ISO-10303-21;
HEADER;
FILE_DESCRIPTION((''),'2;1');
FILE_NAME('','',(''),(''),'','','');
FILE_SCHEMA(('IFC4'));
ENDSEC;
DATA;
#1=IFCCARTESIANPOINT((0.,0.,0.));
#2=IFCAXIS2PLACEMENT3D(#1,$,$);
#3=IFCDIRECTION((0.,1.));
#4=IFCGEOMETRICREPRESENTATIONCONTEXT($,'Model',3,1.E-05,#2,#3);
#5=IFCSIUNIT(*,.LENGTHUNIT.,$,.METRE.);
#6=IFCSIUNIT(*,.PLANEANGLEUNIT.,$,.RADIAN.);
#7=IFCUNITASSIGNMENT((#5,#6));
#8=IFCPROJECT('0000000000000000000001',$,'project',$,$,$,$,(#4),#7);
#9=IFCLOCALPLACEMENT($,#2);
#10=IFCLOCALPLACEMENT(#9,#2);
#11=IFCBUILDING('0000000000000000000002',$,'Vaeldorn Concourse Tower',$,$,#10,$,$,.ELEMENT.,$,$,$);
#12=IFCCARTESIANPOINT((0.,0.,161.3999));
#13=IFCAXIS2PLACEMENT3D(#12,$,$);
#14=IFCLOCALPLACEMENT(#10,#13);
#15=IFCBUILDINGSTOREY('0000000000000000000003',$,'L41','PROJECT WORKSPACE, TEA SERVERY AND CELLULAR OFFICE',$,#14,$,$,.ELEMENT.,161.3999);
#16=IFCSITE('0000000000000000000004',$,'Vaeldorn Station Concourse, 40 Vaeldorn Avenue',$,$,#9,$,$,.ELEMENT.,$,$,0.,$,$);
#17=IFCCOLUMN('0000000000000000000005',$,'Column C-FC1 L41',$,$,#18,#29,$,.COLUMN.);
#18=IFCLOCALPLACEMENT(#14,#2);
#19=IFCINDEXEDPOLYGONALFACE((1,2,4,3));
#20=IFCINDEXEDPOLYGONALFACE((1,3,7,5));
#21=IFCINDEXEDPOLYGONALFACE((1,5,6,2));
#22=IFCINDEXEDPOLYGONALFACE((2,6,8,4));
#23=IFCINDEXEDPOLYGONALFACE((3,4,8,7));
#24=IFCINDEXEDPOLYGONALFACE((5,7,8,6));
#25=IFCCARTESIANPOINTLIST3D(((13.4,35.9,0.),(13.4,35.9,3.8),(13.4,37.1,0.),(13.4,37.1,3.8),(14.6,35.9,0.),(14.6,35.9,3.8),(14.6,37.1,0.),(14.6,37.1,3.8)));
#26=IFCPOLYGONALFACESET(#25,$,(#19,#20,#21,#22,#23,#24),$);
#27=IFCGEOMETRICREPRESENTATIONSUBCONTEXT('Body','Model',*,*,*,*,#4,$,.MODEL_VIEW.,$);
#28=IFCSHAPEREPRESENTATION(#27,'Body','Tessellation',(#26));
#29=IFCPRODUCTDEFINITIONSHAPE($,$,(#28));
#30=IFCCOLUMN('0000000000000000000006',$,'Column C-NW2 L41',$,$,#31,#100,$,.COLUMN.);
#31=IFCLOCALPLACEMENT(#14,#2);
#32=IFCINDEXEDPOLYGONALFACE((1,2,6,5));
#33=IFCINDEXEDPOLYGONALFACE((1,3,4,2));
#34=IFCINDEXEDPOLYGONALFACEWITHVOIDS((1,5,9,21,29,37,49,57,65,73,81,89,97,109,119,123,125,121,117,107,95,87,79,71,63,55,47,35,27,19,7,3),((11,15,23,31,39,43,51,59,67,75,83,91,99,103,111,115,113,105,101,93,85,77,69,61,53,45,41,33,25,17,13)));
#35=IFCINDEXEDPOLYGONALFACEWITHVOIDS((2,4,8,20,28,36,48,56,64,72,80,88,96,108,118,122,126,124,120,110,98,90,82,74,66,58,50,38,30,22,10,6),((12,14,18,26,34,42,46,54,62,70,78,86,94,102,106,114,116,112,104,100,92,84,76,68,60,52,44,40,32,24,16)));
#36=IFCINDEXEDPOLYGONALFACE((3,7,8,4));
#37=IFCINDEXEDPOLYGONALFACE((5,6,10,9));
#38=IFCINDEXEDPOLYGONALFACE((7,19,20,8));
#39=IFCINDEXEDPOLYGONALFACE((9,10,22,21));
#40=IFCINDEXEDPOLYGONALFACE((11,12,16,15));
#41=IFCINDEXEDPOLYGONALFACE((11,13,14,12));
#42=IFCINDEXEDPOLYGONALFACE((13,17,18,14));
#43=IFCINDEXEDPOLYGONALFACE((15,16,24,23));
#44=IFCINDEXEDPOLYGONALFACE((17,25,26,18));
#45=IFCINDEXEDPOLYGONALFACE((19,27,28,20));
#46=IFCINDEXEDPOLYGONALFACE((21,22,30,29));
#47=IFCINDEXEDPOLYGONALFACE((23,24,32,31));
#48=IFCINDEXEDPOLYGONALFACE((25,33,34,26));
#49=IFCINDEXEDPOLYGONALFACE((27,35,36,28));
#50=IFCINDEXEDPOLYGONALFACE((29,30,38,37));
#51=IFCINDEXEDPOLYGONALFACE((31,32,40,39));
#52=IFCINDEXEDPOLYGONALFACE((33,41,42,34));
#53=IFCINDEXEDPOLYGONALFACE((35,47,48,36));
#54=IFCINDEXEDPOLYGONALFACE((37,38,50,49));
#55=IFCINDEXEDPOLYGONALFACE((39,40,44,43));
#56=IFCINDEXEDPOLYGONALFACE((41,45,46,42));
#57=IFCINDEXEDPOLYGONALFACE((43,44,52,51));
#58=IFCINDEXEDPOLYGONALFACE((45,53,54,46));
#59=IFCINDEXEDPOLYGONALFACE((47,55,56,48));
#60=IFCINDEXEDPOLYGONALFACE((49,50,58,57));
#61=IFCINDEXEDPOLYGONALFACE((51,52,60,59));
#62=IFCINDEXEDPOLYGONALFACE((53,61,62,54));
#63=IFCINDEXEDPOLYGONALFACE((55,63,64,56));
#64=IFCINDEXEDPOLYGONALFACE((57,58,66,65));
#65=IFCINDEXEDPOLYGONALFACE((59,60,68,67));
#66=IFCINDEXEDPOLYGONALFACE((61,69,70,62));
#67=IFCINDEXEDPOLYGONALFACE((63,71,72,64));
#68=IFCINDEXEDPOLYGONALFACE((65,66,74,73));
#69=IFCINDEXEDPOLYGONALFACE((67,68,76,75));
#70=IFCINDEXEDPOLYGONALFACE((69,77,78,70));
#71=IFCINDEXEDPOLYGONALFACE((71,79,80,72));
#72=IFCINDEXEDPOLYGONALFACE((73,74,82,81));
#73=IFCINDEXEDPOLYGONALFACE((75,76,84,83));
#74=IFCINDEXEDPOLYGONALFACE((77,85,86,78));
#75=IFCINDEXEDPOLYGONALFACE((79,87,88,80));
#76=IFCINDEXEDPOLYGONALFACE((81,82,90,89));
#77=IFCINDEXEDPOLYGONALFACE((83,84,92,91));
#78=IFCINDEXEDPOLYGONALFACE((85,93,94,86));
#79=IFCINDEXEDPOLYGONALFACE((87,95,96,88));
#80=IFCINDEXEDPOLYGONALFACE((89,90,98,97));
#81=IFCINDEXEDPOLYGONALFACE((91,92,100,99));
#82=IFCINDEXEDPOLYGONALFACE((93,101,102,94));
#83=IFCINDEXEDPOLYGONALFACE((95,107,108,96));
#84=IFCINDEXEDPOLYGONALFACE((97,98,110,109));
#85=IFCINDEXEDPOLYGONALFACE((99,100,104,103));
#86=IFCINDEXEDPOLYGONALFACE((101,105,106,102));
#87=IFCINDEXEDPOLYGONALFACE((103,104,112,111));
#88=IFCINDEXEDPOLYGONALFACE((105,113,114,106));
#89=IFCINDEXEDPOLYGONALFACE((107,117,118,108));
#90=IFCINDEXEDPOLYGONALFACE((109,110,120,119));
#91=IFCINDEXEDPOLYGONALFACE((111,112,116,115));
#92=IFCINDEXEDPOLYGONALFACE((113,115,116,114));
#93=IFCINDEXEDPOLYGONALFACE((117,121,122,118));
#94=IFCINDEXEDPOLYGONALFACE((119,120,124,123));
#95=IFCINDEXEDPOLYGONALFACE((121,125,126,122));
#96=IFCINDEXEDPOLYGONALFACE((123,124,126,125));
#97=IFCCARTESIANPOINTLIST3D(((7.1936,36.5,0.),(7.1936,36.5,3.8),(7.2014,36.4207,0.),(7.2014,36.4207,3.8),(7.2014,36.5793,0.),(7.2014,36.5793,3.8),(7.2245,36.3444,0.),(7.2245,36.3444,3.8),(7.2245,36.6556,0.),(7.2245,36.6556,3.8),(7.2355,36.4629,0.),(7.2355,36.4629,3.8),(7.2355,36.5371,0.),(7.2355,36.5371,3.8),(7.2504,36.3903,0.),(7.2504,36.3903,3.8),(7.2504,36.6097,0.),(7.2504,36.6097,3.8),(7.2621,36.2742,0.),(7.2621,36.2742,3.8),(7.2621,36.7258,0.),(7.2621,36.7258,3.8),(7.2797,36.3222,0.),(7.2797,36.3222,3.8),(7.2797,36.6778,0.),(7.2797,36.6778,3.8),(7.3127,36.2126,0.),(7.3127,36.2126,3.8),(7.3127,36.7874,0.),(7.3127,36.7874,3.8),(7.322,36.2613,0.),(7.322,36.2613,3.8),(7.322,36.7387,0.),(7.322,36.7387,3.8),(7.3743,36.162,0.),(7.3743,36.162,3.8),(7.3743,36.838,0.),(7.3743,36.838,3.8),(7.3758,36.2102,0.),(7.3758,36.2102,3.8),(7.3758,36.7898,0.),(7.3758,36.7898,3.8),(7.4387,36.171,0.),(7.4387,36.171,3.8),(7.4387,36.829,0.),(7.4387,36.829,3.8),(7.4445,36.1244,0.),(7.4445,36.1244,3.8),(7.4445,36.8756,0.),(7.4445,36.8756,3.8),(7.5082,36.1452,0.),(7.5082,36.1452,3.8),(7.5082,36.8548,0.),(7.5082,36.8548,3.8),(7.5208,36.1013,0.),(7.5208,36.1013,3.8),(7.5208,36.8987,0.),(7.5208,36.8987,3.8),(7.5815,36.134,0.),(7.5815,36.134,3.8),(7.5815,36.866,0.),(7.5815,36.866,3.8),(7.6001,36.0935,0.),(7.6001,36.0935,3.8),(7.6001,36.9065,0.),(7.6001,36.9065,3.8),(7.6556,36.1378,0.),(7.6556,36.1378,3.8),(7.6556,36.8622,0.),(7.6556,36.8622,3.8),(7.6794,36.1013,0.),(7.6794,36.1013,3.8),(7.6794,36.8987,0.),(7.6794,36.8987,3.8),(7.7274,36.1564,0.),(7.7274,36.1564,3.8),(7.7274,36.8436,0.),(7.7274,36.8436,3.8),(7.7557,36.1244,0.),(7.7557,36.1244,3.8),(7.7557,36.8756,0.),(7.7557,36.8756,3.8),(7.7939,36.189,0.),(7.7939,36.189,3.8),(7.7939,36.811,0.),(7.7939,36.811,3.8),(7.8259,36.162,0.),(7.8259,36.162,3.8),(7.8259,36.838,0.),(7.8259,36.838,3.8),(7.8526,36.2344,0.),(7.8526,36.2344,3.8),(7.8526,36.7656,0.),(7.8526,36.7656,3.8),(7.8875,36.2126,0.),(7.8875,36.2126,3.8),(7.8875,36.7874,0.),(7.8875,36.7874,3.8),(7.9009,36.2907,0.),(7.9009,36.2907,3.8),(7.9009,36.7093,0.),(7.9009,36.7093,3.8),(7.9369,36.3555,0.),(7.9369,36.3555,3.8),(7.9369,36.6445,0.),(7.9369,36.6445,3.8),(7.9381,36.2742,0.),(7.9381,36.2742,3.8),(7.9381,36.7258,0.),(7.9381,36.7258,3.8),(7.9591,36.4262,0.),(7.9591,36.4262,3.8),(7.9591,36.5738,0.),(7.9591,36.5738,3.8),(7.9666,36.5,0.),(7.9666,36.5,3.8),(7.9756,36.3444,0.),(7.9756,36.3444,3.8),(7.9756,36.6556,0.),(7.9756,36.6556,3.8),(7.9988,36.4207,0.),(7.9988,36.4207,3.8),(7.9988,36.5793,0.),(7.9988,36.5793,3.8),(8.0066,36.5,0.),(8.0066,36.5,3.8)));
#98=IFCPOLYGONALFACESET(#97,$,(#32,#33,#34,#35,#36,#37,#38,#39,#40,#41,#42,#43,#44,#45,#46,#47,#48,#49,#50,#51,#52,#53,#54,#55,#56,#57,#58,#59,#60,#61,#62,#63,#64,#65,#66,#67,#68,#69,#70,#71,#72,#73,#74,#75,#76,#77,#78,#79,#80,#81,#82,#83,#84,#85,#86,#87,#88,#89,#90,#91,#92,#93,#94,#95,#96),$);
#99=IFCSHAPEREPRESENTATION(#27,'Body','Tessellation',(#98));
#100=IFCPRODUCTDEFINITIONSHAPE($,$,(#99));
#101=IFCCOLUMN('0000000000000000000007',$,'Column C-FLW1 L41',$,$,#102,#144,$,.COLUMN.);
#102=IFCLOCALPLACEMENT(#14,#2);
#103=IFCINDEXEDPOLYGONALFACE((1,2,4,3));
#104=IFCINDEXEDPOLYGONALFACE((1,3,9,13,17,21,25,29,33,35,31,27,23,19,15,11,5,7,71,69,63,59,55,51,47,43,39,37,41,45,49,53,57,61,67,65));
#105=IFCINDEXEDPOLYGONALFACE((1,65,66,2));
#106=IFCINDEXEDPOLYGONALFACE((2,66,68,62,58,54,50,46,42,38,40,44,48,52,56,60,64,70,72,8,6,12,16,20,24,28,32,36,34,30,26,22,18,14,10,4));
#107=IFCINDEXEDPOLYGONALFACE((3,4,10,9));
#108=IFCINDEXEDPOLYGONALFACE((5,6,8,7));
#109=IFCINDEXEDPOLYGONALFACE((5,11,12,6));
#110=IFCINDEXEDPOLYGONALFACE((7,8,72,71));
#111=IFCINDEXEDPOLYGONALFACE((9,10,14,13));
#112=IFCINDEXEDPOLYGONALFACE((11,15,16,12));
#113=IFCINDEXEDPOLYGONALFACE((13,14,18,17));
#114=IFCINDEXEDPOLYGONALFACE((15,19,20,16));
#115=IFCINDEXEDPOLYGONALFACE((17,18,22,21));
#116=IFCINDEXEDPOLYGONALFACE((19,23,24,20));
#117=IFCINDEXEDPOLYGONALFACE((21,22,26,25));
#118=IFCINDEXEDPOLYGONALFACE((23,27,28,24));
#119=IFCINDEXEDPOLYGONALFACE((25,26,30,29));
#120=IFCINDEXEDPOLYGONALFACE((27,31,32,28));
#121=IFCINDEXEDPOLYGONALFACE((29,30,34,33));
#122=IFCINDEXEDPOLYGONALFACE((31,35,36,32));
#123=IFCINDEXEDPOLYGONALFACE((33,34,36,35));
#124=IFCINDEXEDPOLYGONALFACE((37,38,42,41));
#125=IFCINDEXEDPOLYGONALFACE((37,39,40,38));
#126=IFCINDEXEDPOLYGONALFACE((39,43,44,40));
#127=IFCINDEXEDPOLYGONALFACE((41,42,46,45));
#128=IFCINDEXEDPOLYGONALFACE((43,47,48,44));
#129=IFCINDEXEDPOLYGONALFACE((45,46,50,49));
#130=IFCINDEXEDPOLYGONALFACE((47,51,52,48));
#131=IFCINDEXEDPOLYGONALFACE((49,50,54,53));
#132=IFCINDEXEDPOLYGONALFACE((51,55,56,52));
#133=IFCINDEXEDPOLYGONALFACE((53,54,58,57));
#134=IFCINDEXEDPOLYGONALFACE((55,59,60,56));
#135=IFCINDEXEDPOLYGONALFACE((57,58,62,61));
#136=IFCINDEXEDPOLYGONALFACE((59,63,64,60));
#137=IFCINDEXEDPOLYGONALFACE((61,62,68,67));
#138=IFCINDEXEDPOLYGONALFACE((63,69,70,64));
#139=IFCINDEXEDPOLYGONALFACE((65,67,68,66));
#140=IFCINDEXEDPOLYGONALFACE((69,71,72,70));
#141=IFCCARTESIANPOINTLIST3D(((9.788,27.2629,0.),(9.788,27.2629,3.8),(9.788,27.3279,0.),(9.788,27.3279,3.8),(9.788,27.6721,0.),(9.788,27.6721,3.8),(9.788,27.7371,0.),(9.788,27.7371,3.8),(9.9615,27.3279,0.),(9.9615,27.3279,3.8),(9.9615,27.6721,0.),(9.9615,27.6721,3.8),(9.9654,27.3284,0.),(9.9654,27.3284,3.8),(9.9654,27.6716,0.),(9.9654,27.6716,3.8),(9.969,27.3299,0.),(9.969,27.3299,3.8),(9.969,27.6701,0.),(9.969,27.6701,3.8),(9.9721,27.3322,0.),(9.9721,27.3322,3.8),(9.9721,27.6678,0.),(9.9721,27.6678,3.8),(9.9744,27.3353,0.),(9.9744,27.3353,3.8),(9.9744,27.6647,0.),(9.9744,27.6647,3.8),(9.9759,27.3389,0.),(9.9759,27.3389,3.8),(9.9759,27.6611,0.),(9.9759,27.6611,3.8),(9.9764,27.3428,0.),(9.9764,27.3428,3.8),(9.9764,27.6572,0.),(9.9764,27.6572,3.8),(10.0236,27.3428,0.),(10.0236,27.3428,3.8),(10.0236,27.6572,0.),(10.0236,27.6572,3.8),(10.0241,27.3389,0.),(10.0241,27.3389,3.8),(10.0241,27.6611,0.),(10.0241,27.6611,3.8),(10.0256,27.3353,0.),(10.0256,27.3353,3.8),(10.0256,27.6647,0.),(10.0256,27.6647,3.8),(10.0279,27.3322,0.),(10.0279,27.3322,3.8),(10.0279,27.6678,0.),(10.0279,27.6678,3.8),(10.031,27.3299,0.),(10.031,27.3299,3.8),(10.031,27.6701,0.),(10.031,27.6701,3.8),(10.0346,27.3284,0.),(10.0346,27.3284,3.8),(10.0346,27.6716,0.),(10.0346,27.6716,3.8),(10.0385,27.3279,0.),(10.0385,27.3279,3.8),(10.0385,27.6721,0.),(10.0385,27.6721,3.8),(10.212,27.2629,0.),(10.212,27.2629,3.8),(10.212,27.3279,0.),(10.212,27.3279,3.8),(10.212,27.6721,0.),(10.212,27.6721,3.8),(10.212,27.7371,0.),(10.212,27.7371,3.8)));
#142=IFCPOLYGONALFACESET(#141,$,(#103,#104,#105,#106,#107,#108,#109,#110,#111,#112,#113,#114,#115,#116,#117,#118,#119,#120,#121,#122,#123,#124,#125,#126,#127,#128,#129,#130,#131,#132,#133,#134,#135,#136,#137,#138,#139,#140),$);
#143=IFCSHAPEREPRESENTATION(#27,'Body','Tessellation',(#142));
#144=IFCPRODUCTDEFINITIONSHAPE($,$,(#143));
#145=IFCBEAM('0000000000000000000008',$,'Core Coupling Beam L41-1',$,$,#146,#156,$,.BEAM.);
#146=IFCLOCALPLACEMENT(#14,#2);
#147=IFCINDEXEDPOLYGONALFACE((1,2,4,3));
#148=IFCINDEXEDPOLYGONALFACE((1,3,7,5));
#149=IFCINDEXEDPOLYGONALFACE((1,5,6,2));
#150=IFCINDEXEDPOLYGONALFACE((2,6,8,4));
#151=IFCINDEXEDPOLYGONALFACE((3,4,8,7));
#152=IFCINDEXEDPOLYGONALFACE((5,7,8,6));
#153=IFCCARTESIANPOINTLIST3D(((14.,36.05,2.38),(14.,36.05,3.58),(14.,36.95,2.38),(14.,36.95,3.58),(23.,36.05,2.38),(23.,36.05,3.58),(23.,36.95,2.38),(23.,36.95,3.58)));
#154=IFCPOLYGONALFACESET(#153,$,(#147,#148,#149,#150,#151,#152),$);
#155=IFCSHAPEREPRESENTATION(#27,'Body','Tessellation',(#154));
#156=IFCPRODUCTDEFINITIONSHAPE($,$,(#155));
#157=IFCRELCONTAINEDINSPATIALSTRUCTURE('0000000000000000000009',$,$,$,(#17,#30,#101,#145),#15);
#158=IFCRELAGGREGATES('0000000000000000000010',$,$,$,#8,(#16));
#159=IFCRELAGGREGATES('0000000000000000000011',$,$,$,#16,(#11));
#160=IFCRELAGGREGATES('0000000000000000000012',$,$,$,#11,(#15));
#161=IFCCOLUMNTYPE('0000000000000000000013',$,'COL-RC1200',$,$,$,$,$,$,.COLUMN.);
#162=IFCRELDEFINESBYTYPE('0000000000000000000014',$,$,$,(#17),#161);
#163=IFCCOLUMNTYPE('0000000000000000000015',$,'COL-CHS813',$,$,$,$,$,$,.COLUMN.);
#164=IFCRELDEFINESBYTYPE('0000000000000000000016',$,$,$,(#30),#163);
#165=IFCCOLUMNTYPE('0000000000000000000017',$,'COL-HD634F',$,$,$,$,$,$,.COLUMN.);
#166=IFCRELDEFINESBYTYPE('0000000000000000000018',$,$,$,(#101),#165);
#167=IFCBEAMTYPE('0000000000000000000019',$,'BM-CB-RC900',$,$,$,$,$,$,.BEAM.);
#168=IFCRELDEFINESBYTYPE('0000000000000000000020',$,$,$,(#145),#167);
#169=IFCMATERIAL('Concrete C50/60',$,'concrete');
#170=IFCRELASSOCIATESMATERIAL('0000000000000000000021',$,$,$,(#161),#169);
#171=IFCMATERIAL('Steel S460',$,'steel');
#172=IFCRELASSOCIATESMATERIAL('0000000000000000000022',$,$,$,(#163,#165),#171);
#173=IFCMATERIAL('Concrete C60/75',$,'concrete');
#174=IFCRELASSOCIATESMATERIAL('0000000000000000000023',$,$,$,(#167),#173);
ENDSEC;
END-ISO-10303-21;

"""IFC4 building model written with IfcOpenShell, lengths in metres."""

from ifc_helpers import new_model, si_unit, direction, frame, origin, origin_2d, place, context, subcontext, project, spatial, rectangle, hollow_circle, i_section, extrude, source, transform, mapped, material, material_profile, profile_set, type_object, element, save


model = new_model("IFC4")

# Units and contexts
model_context = context("Model", 3, precision=1e-05, world=origin(), true_north=direction((0.0, 1.0)))
body_context = subcontext(model_context, "Body", "Model", "MODEL_VIEW")
ifc_project = project(units=[si_unit("LENGTHUNIT", "METRE"), si_unit("PLANEANGLEUNIT", "RADIAN")], contexts=[model_context])

# Site, building, storey
site_placement = place(None, origin())
site = spatial("IfcSite", under=ifc_project, at=site_placement, Name="Vaeldorn Station Concourse, 40 Vaeldorn Avenue", CompositionType="ELEMENT", RefElevation=0.0)
building_placement = place(site_placement, origin())
building = spatial("IfcBuilding", under=site, at=building_placement, Name="Vaeldorn Concourse Tower", CompositionType="ELEMENT")
storey_placement = place(building_placement, frame((0.0, 0.0, 161.3999)))
storey = spatial("IfcBuildingStorey", under=building, at=storey_placement, Name="L41", Description="PROJECT WORKSPACE, TEA SERVERY AND CELLULAR OFFICE", CompositionType="ELEMENT", Elevation=161.3999)

# Columns
ifc_material_1 = material(Name="Concrete C50/60", Category="concrete")
ifc_material_profile_1 = material_profile(ifc_material_1, rectangle(XDim=1.2, YDim=1.2, at=origin_2d()), Name="RC 1200x1200")
ifc_profile_set_1 = profile_set([ifc_material_profile_1], Name="Concrete C50/60")
column_type_1 = type_object("IfcColumnType", Name="COL-RC1200", PredefinedType="COLUMN", material=ifc_profile_set_1)
shared_shape_1 = source(origin(), body_context, "Body", "SweptSolid", [
    extrude(rectangle(XDim=1.2, YDim=1.2, at=origin_2d()), origin(), (0.0, 0.0, 1.0), 3.8),
])
column_1_placement = place(storey_placement, frame((14.0, 36.5, 0.0), z_axis=(0.0, 0.0, 1.0), x_axis=(1.0, 0.0, 0.0)))
element("IfcColumn", 1, at=column_1_placement, inside=storey, type_object=column_type_1, Name="Column C-FC1 L41", PredefinedType="COLUMN", context=body_context, shape_type="MappedRepresentation", body=[
    mapped(shared_shape_1, transform((0.0, 0.0, 0.0), scale=1.0)),
])
ifc_material_2 = material(Name="Steel S460", Category="steel")
ifc_material_profile_2 = material_profile(ifc_material_2, hollow_circle(Radius=0.4065, WallThickness=0.04, at=origin_2d()), Name="CHS 813x40")
ifc_profile_set_2 = profile_set([ifc_material_profile_2], Name="Steel S460")
column_type_2 = type_object("IfcColumnType", Name="COL-CHS813", PredefinedType="COLUMN", material=ifc_profile_set_2)
shared_shape_2 = source(origin(), body_context, "Body", "SweptSolid", [
    extrude(hollow_circle(Radius=0.4065, WallThickness=0.04, at=origin_2d()), origin(), (0.0, 0.0, 1.0), 3.8),
])
column_2_placement = place(storey_placement, frame((7.6001, 36.5, 0.0), z_axis=(0.0, 0.0, 1.0), x_axis=(1.0, 0.0, 0.0)))
element("IfcColumn", 2, at=column_2_placement, inside=storey, type_object=column_type_2, Name="Column C-NW2 L41", PredefinedType="COLUMN", context=body_context, shape_type="MappedRepresentation", body=[
    mapped(shared_shape_2, transform((0.0, 0.0, 0.0), scale=1.0)),
])
ifc_material_profile_3 = material_profile(ifc_material_2, i_section(OverallWidth=0.4241, OverallDepth=0.4741, WebThickness=0.0471, FlangeThickness=0.0649, FilletRadius=0.0149, at=origin_2d()), Name="HD 400x634")
ifc_profile_set_3 = profile_set([ifc_material_profile_3], Name="Steel S460")
column_type_3 = type_object("IfcColumnType", Name="COL-HD634F", PredefinedType="COLUMN", material=ifc_profile_set_3)
shared_shape_3 = source(origin(), body_context, "Body", "SweptSolid", [
    extrude(i_section(OverallWidth=0.4241, OverallDepth=0.4741, WebThickness=0.0471, FlangeThickness=0.0649, FilletRadius=0.0149, at=origin_2d()), origin(), (0.0, 0.0, 1.0), 3.8),
])
column_3_placement = place(storey_placement, frame((10.0, 27.5, 0.0), z_axis=(0.0, 0.0, 1.0), x_axis=(1.0, 0.0, 0.0)))
element("IfcColumn", 3, at=column_3_placement, inside=storey, type_object=column_type_3, Name="Column C-FLW1 L41", PredefinedType="COLUMN", context=body_context, shape_type="MappedRepresentation", body=[
    mapped(shared_shape_3, transform((0.0, 0.0, 0.0), scale=1.0)),
])

# Beam
ifc_material_3 = material(Name="Concrete C60/75", Category="concrete")
ifc_material_profile_4 = material_profile(ifc_material_3, rectangle(XDim=0.8999, YDim=1.2, at=origin_2d()), Name="RC 900x1200")
ifc_profile_set_4 = profile_set([ifc_material_profile_4], Name="Concrete C60/75")
beam_type_1 = type_object("IfcBeamType", Name="BM-CB-RC900", PredefinedType="BEAM", material=ifc_profile_set_4)
shared_shape_4 = source(origin(), body_context, "Body", "SweptSolid", [
    extrude(rectangle(XDim=0.8999, YDim=1.2, at=origin_2d()), origin(), (0.0, 0.0, 1.0), 9.0),
])
beam_1_placement = place(storey_placement, frame((14.0, 36.5, 2.98), z_axis=(1.0, 0.0, 0.0), x_axis=(0.0, 1.0, 0.0)))
element("IfcBeam", 4, at=beam_1_placement, inside=storey, type_object=beam_type_1, Name="Core Coupling Beam L41-1", PredefinedType="BEAM", context=body_context, shape_type="MappedRepresentation", body=[
    mapped(shared_shape_4, transform((0.0, 0.0, 0.0), scale=1.0)),
])

save(model, "model.ifc")
